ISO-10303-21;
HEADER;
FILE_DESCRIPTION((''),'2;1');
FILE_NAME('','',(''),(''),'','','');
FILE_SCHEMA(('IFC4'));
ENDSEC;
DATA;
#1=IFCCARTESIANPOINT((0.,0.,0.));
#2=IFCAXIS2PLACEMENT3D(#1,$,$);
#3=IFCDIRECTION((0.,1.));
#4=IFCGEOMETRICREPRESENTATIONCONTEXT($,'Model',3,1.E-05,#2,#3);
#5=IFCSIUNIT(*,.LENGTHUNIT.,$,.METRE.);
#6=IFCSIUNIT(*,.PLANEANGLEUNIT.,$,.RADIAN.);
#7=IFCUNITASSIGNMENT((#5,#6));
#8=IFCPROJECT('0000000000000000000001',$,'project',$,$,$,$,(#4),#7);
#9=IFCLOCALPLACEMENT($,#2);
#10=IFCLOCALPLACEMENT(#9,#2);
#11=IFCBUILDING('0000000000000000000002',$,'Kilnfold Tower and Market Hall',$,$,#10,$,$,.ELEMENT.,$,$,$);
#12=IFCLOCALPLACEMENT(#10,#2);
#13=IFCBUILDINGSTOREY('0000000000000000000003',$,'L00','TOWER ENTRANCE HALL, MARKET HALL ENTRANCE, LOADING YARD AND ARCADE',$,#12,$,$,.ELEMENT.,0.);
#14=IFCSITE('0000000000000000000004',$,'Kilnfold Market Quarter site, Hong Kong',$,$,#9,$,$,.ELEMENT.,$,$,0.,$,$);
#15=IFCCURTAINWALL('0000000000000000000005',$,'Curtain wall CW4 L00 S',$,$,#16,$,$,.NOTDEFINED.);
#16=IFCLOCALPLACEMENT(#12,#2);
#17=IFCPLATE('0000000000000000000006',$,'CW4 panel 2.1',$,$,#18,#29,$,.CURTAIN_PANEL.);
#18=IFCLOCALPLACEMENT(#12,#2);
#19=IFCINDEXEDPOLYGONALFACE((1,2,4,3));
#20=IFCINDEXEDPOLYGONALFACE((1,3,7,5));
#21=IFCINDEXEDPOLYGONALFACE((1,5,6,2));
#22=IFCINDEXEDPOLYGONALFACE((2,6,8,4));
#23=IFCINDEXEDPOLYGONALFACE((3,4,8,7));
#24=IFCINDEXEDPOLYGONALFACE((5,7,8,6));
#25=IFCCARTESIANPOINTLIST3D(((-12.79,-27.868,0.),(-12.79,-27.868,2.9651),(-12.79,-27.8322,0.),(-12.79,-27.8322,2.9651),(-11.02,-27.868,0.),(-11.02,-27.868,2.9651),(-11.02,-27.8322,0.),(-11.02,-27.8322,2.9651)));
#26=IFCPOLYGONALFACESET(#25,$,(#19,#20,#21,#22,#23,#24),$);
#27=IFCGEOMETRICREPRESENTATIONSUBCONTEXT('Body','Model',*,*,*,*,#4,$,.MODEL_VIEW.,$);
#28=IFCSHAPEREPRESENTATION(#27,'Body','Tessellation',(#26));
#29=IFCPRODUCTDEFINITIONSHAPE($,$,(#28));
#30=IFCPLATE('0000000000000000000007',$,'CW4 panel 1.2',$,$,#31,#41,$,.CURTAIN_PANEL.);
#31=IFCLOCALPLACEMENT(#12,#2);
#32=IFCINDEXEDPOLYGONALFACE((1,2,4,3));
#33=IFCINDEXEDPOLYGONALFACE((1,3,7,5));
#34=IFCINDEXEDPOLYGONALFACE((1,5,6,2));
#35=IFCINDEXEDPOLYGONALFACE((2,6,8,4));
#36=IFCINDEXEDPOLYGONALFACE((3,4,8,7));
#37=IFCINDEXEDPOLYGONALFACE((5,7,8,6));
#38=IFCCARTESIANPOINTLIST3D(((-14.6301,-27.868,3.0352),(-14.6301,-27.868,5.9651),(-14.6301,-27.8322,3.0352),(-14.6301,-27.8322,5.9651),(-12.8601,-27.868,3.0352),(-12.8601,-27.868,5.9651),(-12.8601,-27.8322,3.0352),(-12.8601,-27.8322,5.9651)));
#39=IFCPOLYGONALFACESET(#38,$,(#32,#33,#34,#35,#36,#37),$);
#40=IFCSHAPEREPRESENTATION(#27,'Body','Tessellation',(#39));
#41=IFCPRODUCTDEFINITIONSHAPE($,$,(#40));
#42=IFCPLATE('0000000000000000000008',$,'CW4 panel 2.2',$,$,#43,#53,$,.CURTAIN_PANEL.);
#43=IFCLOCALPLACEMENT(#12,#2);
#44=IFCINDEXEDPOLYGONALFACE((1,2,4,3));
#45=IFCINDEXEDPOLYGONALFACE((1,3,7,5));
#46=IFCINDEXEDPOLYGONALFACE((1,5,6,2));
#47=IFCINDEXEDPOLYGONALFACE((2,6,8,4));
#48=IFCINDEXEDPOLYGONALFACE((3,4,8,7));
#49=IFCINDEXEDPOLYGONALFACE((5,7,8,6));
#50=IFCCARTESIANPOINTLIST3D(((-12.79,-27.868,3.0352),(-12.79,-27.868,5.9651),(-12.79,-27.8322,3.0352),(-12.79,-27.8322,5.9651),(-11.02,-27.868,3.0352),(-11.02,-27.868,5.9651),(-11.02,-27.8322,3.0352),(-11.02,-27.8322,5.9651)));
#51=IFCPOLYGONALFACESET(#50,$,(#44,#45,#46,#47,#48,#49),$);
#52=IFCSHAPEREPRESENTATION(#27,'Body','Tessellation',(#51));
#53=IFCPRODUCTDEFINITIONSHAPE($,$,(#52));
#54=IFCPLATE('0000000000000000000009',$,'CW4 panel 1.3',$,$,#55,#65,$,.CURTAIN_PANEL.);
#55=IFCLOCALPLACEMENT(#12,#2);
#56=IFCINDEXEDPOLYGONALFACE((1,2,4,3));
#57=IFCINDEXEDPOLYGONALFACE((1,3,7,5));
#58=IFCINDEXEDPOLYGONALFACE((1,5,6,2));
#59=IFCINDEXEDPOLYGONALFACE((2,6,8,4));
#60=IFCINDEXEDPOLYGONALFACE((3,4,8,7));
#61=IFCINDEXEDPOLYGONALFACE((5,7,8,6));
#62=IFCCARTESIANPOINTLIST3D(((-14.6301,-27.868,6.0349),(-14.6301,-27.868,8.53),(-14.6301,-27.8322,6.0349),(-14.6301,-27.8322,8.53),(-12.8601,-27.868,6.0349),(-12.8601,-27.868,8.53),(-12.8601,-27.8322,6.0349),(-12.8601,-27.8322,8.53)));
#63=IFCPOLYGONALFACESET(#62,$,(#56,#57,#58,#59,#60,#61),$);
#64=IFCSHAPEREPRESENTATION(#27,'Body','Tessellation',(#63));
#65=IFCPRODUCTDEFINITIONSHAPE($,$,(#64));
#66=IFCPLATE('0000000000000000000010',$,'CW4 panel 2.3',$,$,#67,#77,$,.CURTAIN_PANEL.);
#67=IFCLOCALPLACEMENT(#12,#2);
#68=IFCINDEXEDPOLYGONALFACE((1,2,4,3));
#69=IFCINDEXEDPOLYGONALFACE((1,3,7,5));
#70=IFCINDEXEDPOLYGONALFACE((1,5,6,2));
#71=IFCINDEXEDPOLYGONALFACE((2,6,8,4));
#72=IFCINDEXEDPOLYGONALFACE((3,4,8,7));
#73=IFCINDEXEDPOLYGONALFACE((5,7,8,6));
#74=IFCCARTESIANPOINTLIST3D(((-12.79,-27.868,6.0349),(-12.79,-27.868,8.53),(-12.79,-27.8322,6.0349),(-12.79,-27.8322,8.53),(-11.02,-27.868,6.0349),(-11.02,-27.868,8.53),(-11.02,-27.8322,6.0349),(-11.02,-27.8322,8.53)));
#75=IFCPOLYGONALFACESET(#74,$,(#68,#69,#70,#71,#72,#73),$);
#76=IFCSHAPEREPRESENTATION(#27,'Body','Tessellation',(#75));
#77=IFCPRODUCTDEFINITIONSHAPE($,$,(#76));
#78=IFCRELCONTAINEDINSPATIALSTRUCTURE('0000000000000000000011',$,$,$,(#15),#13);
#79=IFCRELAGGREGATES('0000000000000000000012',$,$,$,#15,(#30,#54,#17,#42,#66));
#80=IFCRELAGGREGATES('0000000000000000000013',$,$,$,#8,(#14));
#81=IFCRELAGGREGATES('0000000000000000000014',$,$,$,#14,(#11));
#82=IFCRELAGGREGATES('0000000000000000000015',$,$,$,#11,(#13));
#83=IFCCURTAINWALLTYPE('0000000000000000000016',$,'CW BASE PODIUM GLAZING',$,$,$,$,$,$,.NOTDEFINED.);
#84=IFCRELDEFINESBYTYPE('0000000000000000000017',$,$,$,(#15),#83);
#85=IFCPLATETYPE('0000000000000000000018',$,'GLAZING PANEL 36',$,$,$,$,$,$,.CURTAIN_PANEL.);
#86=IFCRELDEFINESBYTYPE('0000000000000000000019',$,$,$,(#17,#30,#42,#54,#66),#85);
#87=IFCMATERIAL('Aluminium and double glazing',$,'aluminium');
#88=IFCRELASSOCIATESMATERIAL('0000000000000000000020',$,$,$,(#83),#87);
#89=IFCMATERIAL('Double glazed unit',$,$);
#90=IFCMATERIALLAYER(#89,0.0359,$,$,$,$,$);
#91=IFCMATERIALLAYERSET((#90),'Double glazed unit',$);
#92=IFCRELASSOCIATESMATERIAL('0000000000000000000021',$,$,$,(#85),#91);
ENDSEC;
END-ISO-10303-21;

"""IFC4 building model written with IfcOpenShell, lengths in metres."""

from ifc_helpers import new_model, si_unit, direction, frame, origin, origin_2d, place, context, subcontext, project, spatial, rectangle, extrude, source, transform, mapped, material, layer, layer_set, type_object, element, aggregate, save


model = new_model("IFC4")

# Units and contexts
model_context = context("Model", 3, precision=1e-05, world=origin(), true_north=direction((0.0, 1.0)))
body_context = subcontext(model_context, "Body", "Model", "MODEL_VIEW")
ifc_project = project(units=[si_unit("LENGTHUNIT", "METRE"), si_unit("PLANEANGLEUNIT", "RADIAN")], contexts=[model_context])

# Site, building, storey
site_placement = place(None, origin())
site = spatial("IfcSite", under=ifc_project, at=site_placement, Name="Kilnfold Market Quarter site, Hong Kong", CompositionType="ELEMENT", RefElevation=0.0)
building_placement = place(site_placement, origin())
building = spatial("IfcBuilding", under=site, at=building_placement, Name="Kilnfold Tower and Market Hall", CompositionType="ELEMENT")
storey_placement = place(building_placement, origin())
storey = spatial("IfcBuildingStorey", under=building, at=storey_placement, Name="L00", Description="TOWER ENTRANCE HALL, MARKET HALL ENTRANCE, LOADING YARD AND ARCADE", CompositionType="ELEMENT", Elevation=0.0)

# Curtain wall, plates
ifc_material_1 = material(Name="Aluminium and double glazing", Category="aluminium")
curtain_wall_type = type_object("IfcCurtainWallType", Name="CW BASE PODIUM GLAZING", PredefinedType="NOTDEFINED", material=ifc_material_1)
curtain_wall_placement = place(storey_placement, origin())
curtain_wall = element("IfcCurtainWall", 1, at=curtain_wall_placement, inside=storey, type_object=curtain_wall_type, Name="Curtain wall CW4 L00 S", PredefinedType="NOTDEFINED")
ifc_material_2 = material(Name="Double glazed unit")
ifc_layer_1 = layer(ifc_material_2, 0.0359)
ifc_layer_set_1 = layer_set([ifc_layer_1], Name="Double glazed unit")
plate_type = type_object("IfcPlateType", Name="GLAZING PANEL 36", PredefinedType="CURTAIN_PANEL", material=ifc_layer_set_1)
shared_shape_1 = source(origin(), body_context, "Body", "SweptSolid", [
    extrude(rectangle(XDim=1.77, YDim=0.0359, at=origin_2d()), origin(), (0.0, 0.0, 1.0), 2.9651),
])
plate_1_placement = place(storey_placement, frame((-11.905, -27.8501, 0.0), z_axis=(0.0, 0.0, 1.0), x_axis=(1.0, 0.0, 0.0)))
plate_1 = element("IfcPlate", 2, at=plate_1_placement, type_object=plate_type, Name="CW4 panel 2.1", PredefinedType="CURTAIN_PANEL", context=body_context, shape_type="MappedRepresentation", body=[
    mapped(shared_shape_1, transform((0.0, 0.0, 0.0))),
])
shared_shape_2 = source(origin(), body_context, "Body", "SweptSolid", [
    extrude(rectangle(XDim=1.77, YDim=0.0359, at=origin_2d()), origin(), (0.0, 0.0, 1.0), 2.9299),
])
plate_2_placement = place(storey_placement, frame((-13.7451, -27.8501, 3.0352), z_axis=(0.0, 0.0, 1.0), x_axis=(1.0, 0.0, 0.0)))
plate_2 = element("IfcPlate", 3, at=plate_2_placement, type_object=plate_type, Name="CW4 panel 1.2", PredefinedType="CURTAIN_PANEL", context=body_context, shape_type="MappedRepresentation", body=[
    mapped(shared_shape_2, transform((0.0, 0.0, 0.0))),
])
plate_3_placement = place(storey_placement, frame((-11.905, -27.8501, 3.0352), z_axis=(0.0, 0.0, 1.0), x_axis=(1.0, 0.0, 0.0)))
plate_3 = element("IfcPlate", 4, at=plate_3_placement, type_object=plate_type, Name="CW4 panel 2.2", PredefinedType="CURTAIN_PANEL", context=body_context, shape_type="MappedRepresentation", body=[
    mapped(shared_shape_2, transform((0.0, 0.0, 0.0))),
])
shared_shape_3 = source(origin(), body_context, "Body", "SweptSolid", [
    extrude(rectangle(XDim=1.77, YDim=0.0359, at=origin_2d()), origin(), (0.0, 0.0, 1.0), 2.4951),
])
plate_4_placement = place(storey_placement, frame((-13.7451, -27.8501, 6.0349), z_axis=(0.0, 0.0, 1.0), x_axis=(1.0, 0.0, 0.0)))
plate_4 = element("IfcPlate", 5, at=plate_4_placement, type_object=plate_type, Name="CW4 panel 1.3", PredefinedType="CURTAIN_PANEL", context=body_context, shape_type="MappedRepresentation", body=[
    mapped(shared_shape_3, transform((0.0, 0.0, 0.0))),
])
plate_5_placement = place(storey_placement, frame((-11.905, -27.8501, 6.0349), z_axis=(0.0, 0.0, 1.0), x_axis=(1.0, 0.0, 0.0)))
plate_5 = element("IfcPlate", 6, at=plate_5_placement, type_object=plate_type, Name="CW4 panel 2.3", PredefinedType="CURTAIN_PANEL", context=body_context, shape_type="MappedRepresentation", body=[
    mapped(shared_shape_3, transform((0.0, 0.0, 0.0))),
])
aggregate(curtain_wall, [plate_2, plate_4, plate_1, plate_3, plate_5])

save(model, "model.ifc")
